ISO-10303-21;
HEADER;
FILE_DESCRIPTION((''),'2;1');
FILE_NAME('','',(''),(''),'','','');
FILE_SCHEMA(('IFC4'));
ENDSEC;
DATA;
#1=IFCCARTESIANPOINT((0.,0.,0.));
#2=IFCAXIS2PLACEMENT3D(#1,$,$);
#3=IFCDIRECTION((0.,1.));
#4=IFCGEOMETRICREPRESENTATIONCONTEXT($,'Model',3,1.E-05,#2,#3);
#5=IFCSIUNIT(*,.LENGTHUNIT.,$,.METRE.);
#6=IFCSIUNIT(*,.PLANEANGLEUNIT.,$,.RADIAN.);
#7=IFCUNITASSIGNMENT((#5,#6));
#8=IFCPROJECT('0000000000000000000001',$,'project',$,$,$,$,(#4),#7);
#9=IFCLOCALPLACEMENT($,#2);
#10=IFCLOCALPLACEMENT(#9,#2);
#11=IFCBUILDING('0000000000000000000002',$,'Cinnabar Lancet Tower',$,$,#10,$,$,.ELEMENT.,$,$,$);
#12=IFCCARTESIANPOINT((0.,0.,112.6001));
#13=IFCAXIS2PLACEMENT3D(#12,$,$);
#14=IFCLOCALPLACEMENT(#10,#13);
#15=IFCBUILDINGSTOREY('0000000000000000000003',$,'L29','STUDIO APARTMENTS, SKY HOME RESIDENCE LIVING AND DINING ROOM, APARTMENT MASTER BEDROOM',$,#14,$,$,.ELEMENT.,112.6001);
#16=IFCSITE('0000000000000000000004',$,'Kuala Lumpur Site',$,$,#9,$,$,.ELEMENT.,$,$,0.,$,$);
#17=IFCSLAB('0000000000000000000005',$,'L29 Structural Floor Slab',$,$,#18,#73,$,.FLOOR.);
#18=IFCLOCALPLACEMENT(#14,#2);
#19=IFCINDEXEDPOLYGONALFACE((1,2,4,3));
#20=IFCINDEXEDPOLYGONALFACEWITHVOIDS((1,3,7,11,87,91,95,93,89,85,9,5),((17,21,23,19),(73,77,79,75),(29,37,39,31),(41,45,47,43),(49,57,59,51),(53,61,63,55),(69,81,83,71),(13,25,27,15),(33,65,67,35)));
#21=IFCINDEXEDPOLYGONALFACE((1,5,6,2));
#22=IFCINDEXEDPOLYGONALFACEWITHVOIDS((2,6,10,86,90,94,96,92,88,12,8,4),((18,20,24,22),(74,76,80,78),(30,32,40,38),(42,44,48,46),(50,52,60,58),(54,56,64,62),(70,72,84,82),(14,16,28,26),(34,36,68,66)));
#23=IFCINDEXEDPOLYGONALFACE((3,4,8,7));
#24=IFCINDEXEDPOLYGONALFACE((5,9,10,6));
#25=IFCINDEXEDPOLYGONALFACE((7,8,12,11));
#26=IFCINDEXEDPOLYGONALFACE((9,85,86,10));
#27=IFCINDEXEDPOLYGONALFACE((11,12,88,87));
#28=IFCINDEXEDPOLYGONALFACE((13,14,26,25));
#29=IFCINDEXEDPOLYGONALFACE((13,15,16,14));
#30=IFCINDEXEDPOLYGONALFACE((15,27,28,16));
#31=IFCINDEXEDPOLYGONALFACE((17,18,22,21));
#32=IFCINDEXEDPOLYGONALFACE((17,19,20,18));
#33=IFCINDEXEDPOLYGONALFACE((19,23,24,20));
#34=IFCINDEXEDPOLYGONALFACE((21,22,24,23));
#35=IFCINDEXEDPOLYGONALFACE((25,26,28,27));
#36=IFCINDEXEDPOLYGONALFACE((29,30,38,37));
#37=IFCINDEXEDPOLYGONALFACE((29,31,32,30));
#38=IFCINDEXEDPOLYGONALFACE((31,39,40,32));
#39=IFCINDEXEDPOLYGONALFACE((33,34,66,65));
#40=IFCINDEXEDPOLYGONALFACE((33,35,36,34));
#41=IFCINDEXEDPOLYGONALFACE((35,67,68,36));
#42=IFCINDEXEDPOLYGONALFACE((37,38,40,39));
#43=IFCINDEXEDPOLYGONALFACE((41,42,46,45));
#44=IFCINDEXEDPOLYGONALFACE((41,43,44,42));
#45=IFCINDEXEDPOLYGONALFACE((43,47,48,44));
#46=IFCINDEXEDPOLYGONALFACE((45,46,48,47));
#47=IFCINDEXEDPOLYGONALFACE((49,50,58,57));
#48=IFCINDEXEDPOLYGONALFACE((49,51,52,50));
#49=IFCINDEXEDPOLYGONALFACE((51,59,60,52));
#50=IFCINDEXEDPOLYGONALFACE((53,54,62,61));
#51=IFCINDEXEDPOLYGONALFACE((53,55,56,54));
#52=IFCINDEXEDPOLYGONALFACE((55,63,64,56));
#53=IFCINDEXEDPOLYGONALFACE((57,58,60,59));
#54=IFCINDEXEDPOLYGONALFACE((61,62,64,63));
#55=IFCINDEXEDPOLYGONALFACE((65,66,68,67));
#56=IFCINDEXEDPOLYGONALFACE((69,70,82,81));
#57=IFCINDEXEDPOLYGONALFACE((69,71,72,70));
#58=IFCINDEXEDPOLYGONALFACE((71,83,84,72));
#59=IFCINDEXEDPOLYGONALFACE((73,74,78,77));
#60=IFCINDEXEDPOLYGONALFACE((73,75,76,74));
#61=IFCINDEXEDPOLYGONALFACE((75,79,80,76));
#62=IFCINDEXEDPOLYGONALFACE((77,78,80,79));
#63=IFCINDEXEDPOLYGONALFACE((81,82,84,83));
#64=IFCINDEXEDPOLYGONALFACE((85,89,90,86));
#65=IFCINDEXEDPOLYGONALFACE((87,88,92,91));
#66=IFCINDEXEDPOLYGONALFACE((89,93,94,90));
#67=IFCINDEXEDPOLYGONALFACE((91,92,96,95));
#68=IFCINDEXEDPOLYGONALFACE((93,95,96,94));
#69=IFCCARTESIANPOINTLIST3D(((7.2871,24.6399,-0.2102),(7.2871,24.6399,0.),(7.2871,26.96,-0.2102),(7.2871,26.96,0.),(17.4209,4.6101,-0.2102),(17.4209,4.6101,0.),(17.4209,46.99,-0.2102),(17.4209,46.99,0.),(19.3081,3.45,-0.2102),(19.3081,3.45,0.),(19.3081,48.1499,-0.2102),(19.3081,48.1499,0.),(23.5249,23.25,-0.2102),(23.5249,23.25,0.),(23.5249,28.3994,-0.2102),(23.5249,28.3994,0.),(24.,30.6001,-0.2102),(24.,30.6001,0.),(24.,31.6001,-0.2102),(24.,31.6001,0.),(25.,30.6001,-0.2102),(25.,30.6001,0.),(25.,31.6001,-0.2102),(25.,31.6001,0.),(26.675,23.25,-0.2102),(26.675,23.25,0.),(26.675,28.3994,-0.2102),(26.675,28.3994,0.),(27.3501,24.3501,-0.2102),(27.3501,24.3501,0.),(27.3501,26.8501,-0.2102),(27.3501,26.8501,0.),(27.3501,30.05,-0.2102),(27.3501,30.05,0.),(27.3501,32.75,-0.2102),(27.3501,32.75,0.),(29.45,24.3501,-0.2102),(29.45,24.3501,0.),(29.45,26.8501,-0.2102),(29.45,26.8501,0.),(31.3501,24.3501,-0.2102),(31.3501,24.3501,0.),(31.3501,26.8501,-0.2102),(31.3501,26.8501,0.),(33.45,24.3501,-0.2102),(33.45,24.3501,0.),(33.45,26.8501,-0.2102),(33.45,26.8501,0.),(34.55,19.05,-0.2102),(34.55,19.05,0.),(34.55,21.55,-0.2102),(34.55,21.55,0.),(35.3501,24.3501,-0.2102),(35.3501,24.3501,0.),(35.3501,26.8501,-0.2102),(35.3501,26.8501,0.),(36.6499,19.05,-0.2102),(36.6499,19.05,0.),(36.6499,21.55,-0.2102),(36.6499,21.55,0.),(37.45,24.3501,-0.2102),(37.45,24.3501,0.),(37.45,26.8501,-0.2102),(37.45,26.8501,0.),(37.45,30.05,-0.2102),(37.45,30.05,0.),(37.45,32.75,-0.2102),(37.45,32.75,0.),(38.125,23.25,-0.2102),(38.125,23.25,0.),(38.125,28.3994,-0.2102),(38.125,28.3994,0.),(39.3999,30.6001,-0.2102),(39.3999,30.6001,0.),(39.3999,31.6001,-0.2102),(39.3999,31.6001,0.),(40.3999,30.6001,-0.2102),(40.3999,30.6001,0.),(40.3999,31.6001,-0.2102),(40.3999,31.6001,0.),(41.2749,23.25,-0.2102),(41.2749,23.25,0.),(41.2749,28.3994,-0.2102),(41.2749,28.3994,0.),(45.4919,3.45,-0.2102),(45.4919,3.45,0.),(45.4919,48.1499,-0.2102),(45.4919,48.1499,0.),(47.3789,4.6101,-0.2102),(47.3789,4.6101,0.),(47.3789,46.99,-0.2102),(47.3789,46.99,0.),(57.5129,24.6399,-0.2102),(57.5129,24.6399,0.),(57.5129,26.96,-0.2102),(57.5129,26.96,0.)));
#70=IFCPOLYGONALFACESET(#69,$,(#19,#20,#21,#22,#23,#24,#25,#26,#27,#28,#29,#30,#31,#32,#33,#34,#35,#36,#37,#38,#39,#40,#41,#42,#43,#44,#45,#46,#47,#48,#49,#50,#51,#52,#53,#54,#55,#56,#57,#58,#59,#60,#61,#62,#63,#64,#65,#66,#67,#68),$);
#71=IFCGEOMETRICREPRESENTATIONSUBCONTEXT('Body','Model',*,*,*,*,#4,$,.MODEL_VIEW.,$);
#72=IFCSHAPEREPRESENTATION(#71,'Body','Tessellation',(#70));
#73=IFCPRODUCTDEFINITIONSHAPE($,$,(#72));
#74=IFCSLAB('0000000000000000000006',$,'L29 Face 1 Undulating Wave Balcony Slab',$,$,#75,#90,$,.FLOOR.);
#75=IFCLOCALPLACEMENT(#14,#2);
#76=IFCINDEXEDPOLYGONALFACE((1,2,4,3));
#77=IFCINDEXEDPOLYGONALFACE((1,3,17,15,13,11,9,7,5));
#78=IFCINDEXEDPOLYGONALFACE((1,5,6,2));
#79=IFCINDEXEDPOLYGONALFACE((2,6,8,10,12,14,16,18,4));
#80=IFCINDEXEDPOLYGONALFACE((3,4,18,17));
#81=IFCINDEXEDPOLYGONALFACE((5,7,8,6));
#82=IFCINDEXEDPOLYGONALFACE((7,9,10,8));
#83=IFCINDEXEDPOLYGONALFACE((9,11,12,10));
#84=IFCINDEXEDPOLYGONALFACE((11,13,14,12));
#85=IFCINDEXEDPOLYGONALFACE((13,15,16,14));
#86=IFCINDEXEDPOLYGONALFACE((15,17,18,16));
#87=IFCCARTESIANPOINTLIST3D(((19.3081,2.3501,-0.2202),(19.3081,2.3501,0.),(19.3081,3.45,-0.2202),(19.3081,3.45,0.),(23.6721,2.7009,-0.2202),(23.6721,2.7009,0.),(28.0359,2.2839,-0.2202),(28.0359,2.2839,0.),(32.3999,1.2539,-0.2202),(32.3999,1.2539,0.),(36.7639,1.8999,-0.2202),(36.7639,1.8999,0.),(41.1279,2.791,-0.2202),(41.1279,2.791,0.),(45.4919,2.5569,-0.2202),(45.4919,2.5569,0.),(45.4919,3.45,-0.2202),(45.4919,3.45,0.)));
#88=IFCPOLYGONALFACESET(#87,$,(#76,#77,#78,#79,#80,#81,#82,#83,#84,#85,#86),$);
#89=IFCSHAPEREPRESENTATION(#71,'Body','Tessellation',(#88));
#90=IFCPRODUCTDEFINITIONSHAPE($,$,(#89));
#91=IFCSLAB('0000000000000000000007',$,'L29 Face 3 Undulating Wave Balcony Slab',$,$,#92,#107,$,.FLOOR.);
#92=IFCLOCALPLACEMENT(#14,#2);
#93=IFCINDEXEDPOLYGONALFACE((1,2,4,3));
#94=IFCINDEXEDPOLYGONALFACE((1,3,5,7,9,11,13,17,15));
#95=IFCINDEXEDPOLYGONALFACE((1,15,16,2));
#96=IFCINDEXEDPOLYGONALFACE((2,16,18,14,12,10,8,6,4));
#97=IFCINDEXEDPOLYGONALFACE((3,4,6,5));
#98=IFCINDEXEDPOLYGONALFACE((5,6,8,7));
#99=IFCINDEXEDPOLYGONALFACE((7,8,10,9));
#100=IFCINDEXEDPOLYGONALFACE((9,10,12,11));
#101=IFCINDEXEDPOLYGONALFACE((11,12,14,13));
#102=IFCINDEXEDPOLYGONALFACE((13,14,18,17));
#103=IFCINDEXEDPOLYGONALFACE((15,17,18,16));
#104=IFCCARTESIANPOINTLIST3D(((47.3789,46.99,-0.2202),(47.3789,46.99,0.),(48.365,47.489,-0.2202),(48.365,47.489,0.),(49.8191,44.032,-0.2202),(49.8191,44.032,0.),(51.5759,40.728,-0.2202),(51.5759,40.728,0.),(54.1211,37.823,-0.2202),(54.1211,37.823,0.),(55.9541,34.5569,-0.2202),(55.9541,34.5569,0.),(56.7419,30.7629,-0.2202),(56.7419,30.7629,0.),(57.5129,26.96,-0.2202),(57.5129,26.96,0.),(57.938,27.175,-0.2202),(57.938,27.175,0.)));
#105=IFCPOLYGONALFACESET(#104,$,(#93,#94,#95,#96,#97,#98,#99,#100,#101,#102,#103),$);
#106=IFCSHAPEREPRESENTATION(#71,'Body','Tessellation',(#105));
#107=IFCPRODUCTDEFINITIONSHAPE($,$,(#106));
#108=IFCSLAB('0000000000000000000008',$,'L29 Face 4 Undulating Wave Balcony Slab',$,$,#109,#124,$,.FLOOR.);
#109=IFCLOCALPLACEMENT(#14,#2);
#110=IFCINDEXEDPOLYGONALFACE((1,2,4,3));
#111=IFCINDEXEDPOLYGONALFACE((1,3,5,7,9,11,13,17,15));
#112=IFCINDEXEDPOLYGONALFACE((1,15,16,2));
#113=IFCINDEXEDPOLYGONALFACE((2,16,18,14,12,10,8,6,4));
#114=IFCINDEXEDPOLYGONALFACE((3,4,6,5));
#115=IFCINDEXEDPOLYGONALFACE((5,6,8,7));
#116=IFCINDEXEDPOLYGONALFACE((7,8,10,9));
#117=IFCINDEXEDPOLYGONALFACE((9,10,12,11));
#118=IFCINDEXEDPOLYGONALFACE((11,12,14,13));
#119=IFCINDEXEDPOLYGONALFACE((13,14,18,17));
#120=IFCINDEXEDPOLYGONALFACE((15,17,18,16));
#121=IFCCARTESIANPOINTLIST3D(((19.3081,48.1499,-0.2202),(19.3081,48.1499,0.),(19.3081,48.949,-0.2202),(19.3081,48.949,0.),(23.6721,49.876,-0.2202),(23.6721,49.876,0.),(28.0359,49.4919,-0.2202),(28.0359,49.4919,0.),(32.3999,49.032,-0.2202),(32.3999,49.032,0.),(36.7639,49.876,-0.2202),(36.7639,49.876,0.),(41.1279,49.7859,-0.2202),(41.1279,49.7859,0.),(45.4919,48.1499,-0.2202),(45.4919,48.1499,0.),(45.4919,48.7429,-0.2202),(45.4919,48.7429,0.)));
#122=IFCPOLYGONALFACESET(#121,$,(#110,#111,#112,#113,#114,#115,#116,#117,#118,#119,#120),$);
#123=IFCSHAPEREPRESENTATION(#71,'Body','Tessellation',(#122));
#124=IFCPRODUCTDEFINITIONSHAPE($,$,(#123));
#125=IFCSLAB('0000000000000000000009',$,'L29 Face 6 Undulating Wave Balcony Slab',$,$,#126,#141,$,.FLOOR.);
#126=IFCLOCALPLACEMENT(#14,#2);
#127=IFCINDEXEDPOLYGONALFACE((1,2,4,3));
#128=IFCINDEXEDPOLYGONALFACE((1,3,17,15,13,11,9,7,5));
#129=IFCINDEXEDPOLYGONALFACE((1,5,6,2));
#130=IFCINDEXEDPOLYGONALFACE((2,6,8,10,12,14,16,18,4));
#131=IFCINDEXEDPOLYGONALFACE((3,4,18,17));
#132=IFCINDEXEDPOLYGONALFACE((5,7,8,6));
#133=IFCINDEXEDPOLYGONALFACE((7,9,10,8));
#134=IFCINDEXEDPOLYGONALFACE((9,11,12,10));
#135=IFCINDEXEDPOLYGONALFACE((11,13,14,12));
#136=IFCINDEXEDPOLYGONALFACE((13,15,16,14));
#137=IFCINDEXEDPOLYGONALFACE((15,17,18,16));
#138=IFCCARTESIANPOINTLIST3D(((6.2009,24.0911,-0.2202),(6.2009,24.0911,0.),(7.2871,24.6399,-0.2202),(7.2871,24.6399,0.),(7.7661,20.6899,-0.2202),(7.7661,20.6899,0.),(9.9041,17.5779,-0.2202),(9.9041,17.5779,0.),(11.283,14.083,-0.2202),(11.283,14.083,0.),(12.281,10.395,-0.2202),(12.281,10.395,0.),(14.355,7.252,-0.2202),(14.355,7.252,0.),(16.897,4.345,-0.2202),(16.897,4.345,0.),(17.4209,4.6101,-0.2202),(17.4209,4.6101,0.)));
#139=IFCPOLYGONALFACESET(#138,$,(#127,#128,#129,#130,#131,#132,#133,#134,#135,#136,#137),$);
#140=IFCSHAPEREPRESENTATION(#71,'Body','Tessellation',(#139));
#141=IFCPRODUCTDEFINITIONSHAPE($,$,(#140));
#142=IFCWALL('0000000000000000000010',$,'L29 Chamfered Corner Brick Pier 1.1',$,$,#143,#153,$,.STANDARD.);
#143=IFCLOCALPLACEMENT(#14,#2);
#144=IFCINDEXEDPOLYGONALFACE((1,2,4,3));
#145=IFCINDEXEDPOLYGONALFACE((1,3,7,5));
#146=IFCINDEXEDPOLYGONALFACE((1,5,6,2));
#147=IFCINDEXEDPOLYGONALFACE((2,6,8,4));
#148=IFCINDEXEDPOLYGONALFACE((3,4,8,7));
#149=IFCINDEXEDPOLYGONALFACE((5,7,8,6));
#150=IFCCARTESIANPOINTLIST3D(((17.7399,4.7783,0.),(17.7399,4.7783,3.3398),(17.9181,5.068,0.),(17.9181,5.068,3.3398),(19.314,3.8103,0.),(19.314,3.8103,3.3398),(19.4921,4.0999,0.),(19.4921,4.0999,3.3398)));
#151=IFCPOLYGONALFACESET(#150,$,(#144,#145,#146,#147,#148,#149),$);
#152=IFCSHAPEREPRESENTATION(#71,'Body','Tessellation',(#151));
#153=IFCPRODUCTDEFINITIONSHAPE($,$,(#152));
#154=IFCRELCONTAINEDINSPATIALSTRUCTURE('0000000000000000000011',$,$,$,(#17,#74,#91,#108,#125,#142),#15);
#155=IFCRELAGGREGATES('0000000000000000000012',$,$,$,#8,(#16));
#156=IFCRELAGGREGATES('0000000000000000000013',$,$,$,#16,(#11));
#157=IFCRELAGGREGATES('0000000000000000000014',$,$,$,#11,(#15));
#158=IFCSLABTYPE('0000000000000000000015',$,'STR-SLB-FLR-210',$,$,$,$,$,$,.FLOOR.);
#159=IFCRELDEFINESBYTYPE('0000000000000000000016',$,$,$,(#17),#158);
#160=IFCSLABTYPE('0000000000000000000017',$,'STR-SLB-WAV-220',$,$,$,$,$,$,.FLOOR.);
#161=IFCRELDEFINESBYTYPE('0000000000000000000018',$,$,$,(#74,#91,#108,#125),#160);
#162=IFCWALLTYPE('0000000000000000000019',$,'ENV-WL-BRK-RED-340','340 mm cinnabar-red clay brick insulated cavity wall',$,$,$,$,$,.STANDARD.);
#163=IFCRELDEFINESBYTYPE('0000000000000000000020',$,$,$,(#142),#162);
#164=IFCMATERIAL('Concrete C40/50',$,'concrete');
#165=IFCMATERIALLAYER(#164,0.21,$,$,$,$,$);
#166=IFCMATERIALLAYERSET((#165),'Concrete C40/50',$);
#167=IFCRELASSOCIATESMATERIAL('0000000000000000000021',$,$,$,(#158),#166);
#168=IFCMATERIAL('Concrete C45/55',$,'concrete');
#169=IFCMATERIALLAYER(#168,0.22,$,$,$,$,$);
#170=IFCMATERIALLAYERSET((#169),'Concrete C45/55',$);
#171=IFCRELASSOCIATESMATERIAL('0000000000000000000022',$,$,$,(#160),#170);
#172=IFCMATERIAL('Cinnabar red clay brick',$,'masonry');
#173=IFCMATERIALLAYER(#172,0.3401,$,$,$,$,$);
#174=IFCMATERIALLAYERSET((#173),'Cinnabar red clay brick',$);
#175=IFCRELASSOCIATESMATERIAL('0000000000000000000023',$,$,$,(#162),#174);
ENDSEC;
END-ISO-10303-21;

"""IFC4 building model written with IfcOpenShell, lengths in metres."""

from ifc_helpers import new_model, si_unit, direction, frame, frame_2d, origin, place, context, subcontext, project, spatial, polyline, rectangle, outline, extrude, material, layer, layer_set, type_object, element, save


model = new_model("IFC4")

# Units and contexts
model_context = context("Model", 3, precision=1e-05, world=origin(), true_north=direction((0.0, 1.0)))
body_context = subcontext(model_context, "Body", "Model", "MODEL_VIEW")
ifc_project = project(units=[si_unit("LENGTHUNIT", "METRE"), si_unit("PLANEANGLEUNIT", "RADIAN")], contexts=[model_context])

# Site, building, storey
site_placement = place(None, origin())
site = spatial("IfcSite", under=ifc_project, at=site_placement, Name="Kuala Lumpur Site", CompositionType="ELEMENT", RefElevation=0.0)
building_placement = place(site_placement, origin())
building = spatial("IfcBuilding", under=site, at=building_placement, Name="Cinnabar Lancet Tower", CompositionType="ELEMENT")
storey_placement = place(building_placement, frame((0.0, 0.0, 112.6001)))
storey = spatial("IfcBuildingStorey", under=building, at=storey_placement, Name="L29", Description="STUDIO APARTMENTS, SKY HOME RESIDENCE LIVING AND DINING ROOM, APARTMENT MASTER BEDROOM", CompositionType="ELEMENT", Elevation=112.6001)

# Slabs
ifc_material_1 = material(Name="Concrete C40/50", Category="concrete")
ifc_layer_1 = layer(ifc_material_1, 0.21)
ifc_layer_set_1 = layer_set([ifc_layer_1], Name="Concrete C40/50")
slab_type_1 = type_object("IfcSlabType", Name="STR-SLB-FLR-210", PredefinedType="FLOOR", material=ifc_layer_set_1)
slab_1_placement = place(storey_placement, frame((0.0, 0.0, -0.2102)))
element("IfcSlab", 1, at=slab_1_placement, inside=storey, type_object=slab_type_1, Name="L29 Structural Floor Slab", PredefinedType="FLOOR", context=body_context, shape_type="SweptSolid", body=[
    extrude(outline(polyline([(17.4209, 4.6101), (19.3081, 3.45), (45.4919, 3.45), (47.3789, 4.6101), (57.5129, 24.6399), (57.5129, 26.96), (47.3789, 46.99), (45.4919, 48.1499), (19.3081, 48.1499), (17.4209, 46.99), (7.2871, 26.96), (7.2871, 24.6399), (17.4209, 4.6101)]), holes=[polyline([(23.5249, 23.25), (26.675, 23.25), (26.675, 28.3994), (23.5249, 28.3994), (23.5249, 23.25)]), polyline([(38.125, 23.25), (41.2749, 23.25), (41.2749, 28.3994), (38.125, 28.3994), (38.125, 23.25)]), polyline([(27.3501, 30.05), (37.45, 30.05), (37.45, 32.75), (27.3501, 32.75), (27.3501, 30.05)]), polyline([(34.55, 19.05), (36.6499, 19.05), (36.6499, 21.55), (34.55, 21.55), (34.55, 19.05)]), polyline([(27.3501, 24.3501), (29.45, 24.3501), (29.45, 26.8501), (27.3501, 26.8501), (27.3501, 24.3501)]), polyline([(35.3501, 24.3501), (37.45, 24.3501), (37.45, 26.8501), (35.3501, 26.8501), (35.3501, 24.3501)]), polyline([(31.3501, 24.3501), (33.45, 24.3501), (33.45, 26.8501), (31.3501, 26.8501), (31.3501, 24.3501)]), polyline([(24.0, 30.6001), (25.0, 30.6001), (25.0, 31.6001), (24.0, 31.6001), (24.0, 30.6001)]), polyline([(39.3999, 30.6001), (40.3999, 30.6001), (40.3999, 31.6001), (39.3999, 31.6001), (39.3999, 30.6001)])]), origin(), (0.0, 0.0, 1.0), 0.2102),
])
ifc_material_2 = material(Name="Concrete C45/55", Category="concrete")
ifc_layer_2 = layer(ifc_material_2, 0.22)
ifc_layer_set_2 = layer_set([ifc_layer_2], Name="Concrete C45/55")
slab_type_2 = type_object("IfcSlabType", Name="STR-SLB-WAV-220", PredefinedType="FLOOR", material=ifc_layer_set_2)
slab_2_placement = place(storey_placement, frame((0.0, 0.0, -0.2202)))
element("IfcSlab", 2, at=slab_2_placement, inside=storey, type_object=slab_type_2, Name="L29 Face 1 Undulating Wave Balcony Slab", PredefinedType="FLOOR", context=body_context, shape_type="SweptSolid", body=[
    extrude(outline(polyline([(19.3081, 3.45), (19.3081, 2.3501), (23.6721, 2.7009), (28.0359, 2.2839), (32.3999, 1.2539), (36.7639, 1.8999), (41.1279, 2.791), (45.4919, 2.5569), (45.4919, 3.45), (19.3081, 3.45)])), origin(), (0.0, 0.0, 1.0), 0.2202),
])
slab_3_placement = place(storey_placement, frame((0.0, 0.0, -0.2202)))
element("IfcSlab", 3, at=slab_3_placement, inside=storey, type_object=slab_type_2, Name="L29 Face 3 Undulating Wave Balcony Slab", PredefinedType="FLOOR", context=body_context, shape_type="SweptSolid", body=[
    extrude(outline(polyline([(57.5129, 26.96), (57.938, 27.175), (56.7419, 30.7629), (55.9541, 34.5569), (54.1211, 37.823), (51.5759, 40.728), (49.8191, 44.032), (48.365, 47.489), (47.3789, 46.99), (57.5129, 26.96)])), origin(), (0.0, 0.0, 1.0), 0.2202),
])
slab_4_placement = place(storey_placement, frame((0.0, 0.0, -0.2202)))
element("IfcSlab", 4, at=slab_4_placement, inside=storey, type_object=slab_type_2, Name="L29 Face 4 Undulating Wave Balcony Slab", PredefinedType="FLOOR", context=body_context, shape_type="SweptSolid", body=[
    extrude(outline(polyline([(45.4919, 48.1499), (45.4919, 48.7429), (41.1279, 49.7859), (36.7639, 49.876), (32.3999, 49.032), (28.0359, 49.4919), (23.6721, 49.876), (19.3081, 48.949), (19.3081, 48.1499), (45.4919, 48.1499)])), origin(), (0.0, 0.0, 1.0), 0.2202),
])
slab_5_placement = place(storey_placement, frame((0.0, 0.0, -0.2202)))
element("IfcSlab", 5, at=slab_5_placement, inside=storey, type_object=slab_type_2, Name="L29 Face 6 Undulating Wave Balcony Slab", PredefinedType="FLOOR", context=body_context, shape_type="SweptSolid", body=[
    extrude(outline(polyline([(7.2871, 24.6399), (6.2009, 24.0911), (7.7661, 20.6899), (9.9041, 17.5779), (11.283, 14.083), (12.281, 10.395), (14.355, 7.252), (16.897, 4.345), (17.4209, 4.6101), (7.2871, 24.6399)])), origin(), (0.0, 0.0, 1.0), 0.2202),
])

# Wall
ifc_material_3 = material(Name="Cinnabar red clay brick", Category="masonry")
ifc_layer_3 = layer(ifc_material_3, 0.3401)
ifc_layer_set_3 = layer_set([ifc_layer_3], Name="Cinnabar red clay brick")
wall_type = type_object("IfcWallType", Name="ENV-WL-BRK-RED-340", Description="340 mm cinnabar-red clay brick insulated cavity wall", PredefinedType="STANDARD", material=ifc_layer_set_3)
wall_1_placement = place(storey_placement, frame((17.8291, 4.9231, 0.0), z_axis=(0.0, 0.0, 1.0), x_axis=(0.851799, -0.523869, 0.0)))
element("IfcWall", 6, at=wall_1_placement, inside=storey, type_object=wall_type, Name="L29 Chamfered Corner Brick Pier 1.1", PredefinedType="STANDARD", context=body_context, shape_type="SweptSolid", body=[
    extrude(rectangle(XDim=1.8479, YDim=0.3401, at=frame_2d((0.9238, 0.0))), origin(), (0.0, 0.0, 1.0), 3.3398),
])

save(model, "model.ifc")
